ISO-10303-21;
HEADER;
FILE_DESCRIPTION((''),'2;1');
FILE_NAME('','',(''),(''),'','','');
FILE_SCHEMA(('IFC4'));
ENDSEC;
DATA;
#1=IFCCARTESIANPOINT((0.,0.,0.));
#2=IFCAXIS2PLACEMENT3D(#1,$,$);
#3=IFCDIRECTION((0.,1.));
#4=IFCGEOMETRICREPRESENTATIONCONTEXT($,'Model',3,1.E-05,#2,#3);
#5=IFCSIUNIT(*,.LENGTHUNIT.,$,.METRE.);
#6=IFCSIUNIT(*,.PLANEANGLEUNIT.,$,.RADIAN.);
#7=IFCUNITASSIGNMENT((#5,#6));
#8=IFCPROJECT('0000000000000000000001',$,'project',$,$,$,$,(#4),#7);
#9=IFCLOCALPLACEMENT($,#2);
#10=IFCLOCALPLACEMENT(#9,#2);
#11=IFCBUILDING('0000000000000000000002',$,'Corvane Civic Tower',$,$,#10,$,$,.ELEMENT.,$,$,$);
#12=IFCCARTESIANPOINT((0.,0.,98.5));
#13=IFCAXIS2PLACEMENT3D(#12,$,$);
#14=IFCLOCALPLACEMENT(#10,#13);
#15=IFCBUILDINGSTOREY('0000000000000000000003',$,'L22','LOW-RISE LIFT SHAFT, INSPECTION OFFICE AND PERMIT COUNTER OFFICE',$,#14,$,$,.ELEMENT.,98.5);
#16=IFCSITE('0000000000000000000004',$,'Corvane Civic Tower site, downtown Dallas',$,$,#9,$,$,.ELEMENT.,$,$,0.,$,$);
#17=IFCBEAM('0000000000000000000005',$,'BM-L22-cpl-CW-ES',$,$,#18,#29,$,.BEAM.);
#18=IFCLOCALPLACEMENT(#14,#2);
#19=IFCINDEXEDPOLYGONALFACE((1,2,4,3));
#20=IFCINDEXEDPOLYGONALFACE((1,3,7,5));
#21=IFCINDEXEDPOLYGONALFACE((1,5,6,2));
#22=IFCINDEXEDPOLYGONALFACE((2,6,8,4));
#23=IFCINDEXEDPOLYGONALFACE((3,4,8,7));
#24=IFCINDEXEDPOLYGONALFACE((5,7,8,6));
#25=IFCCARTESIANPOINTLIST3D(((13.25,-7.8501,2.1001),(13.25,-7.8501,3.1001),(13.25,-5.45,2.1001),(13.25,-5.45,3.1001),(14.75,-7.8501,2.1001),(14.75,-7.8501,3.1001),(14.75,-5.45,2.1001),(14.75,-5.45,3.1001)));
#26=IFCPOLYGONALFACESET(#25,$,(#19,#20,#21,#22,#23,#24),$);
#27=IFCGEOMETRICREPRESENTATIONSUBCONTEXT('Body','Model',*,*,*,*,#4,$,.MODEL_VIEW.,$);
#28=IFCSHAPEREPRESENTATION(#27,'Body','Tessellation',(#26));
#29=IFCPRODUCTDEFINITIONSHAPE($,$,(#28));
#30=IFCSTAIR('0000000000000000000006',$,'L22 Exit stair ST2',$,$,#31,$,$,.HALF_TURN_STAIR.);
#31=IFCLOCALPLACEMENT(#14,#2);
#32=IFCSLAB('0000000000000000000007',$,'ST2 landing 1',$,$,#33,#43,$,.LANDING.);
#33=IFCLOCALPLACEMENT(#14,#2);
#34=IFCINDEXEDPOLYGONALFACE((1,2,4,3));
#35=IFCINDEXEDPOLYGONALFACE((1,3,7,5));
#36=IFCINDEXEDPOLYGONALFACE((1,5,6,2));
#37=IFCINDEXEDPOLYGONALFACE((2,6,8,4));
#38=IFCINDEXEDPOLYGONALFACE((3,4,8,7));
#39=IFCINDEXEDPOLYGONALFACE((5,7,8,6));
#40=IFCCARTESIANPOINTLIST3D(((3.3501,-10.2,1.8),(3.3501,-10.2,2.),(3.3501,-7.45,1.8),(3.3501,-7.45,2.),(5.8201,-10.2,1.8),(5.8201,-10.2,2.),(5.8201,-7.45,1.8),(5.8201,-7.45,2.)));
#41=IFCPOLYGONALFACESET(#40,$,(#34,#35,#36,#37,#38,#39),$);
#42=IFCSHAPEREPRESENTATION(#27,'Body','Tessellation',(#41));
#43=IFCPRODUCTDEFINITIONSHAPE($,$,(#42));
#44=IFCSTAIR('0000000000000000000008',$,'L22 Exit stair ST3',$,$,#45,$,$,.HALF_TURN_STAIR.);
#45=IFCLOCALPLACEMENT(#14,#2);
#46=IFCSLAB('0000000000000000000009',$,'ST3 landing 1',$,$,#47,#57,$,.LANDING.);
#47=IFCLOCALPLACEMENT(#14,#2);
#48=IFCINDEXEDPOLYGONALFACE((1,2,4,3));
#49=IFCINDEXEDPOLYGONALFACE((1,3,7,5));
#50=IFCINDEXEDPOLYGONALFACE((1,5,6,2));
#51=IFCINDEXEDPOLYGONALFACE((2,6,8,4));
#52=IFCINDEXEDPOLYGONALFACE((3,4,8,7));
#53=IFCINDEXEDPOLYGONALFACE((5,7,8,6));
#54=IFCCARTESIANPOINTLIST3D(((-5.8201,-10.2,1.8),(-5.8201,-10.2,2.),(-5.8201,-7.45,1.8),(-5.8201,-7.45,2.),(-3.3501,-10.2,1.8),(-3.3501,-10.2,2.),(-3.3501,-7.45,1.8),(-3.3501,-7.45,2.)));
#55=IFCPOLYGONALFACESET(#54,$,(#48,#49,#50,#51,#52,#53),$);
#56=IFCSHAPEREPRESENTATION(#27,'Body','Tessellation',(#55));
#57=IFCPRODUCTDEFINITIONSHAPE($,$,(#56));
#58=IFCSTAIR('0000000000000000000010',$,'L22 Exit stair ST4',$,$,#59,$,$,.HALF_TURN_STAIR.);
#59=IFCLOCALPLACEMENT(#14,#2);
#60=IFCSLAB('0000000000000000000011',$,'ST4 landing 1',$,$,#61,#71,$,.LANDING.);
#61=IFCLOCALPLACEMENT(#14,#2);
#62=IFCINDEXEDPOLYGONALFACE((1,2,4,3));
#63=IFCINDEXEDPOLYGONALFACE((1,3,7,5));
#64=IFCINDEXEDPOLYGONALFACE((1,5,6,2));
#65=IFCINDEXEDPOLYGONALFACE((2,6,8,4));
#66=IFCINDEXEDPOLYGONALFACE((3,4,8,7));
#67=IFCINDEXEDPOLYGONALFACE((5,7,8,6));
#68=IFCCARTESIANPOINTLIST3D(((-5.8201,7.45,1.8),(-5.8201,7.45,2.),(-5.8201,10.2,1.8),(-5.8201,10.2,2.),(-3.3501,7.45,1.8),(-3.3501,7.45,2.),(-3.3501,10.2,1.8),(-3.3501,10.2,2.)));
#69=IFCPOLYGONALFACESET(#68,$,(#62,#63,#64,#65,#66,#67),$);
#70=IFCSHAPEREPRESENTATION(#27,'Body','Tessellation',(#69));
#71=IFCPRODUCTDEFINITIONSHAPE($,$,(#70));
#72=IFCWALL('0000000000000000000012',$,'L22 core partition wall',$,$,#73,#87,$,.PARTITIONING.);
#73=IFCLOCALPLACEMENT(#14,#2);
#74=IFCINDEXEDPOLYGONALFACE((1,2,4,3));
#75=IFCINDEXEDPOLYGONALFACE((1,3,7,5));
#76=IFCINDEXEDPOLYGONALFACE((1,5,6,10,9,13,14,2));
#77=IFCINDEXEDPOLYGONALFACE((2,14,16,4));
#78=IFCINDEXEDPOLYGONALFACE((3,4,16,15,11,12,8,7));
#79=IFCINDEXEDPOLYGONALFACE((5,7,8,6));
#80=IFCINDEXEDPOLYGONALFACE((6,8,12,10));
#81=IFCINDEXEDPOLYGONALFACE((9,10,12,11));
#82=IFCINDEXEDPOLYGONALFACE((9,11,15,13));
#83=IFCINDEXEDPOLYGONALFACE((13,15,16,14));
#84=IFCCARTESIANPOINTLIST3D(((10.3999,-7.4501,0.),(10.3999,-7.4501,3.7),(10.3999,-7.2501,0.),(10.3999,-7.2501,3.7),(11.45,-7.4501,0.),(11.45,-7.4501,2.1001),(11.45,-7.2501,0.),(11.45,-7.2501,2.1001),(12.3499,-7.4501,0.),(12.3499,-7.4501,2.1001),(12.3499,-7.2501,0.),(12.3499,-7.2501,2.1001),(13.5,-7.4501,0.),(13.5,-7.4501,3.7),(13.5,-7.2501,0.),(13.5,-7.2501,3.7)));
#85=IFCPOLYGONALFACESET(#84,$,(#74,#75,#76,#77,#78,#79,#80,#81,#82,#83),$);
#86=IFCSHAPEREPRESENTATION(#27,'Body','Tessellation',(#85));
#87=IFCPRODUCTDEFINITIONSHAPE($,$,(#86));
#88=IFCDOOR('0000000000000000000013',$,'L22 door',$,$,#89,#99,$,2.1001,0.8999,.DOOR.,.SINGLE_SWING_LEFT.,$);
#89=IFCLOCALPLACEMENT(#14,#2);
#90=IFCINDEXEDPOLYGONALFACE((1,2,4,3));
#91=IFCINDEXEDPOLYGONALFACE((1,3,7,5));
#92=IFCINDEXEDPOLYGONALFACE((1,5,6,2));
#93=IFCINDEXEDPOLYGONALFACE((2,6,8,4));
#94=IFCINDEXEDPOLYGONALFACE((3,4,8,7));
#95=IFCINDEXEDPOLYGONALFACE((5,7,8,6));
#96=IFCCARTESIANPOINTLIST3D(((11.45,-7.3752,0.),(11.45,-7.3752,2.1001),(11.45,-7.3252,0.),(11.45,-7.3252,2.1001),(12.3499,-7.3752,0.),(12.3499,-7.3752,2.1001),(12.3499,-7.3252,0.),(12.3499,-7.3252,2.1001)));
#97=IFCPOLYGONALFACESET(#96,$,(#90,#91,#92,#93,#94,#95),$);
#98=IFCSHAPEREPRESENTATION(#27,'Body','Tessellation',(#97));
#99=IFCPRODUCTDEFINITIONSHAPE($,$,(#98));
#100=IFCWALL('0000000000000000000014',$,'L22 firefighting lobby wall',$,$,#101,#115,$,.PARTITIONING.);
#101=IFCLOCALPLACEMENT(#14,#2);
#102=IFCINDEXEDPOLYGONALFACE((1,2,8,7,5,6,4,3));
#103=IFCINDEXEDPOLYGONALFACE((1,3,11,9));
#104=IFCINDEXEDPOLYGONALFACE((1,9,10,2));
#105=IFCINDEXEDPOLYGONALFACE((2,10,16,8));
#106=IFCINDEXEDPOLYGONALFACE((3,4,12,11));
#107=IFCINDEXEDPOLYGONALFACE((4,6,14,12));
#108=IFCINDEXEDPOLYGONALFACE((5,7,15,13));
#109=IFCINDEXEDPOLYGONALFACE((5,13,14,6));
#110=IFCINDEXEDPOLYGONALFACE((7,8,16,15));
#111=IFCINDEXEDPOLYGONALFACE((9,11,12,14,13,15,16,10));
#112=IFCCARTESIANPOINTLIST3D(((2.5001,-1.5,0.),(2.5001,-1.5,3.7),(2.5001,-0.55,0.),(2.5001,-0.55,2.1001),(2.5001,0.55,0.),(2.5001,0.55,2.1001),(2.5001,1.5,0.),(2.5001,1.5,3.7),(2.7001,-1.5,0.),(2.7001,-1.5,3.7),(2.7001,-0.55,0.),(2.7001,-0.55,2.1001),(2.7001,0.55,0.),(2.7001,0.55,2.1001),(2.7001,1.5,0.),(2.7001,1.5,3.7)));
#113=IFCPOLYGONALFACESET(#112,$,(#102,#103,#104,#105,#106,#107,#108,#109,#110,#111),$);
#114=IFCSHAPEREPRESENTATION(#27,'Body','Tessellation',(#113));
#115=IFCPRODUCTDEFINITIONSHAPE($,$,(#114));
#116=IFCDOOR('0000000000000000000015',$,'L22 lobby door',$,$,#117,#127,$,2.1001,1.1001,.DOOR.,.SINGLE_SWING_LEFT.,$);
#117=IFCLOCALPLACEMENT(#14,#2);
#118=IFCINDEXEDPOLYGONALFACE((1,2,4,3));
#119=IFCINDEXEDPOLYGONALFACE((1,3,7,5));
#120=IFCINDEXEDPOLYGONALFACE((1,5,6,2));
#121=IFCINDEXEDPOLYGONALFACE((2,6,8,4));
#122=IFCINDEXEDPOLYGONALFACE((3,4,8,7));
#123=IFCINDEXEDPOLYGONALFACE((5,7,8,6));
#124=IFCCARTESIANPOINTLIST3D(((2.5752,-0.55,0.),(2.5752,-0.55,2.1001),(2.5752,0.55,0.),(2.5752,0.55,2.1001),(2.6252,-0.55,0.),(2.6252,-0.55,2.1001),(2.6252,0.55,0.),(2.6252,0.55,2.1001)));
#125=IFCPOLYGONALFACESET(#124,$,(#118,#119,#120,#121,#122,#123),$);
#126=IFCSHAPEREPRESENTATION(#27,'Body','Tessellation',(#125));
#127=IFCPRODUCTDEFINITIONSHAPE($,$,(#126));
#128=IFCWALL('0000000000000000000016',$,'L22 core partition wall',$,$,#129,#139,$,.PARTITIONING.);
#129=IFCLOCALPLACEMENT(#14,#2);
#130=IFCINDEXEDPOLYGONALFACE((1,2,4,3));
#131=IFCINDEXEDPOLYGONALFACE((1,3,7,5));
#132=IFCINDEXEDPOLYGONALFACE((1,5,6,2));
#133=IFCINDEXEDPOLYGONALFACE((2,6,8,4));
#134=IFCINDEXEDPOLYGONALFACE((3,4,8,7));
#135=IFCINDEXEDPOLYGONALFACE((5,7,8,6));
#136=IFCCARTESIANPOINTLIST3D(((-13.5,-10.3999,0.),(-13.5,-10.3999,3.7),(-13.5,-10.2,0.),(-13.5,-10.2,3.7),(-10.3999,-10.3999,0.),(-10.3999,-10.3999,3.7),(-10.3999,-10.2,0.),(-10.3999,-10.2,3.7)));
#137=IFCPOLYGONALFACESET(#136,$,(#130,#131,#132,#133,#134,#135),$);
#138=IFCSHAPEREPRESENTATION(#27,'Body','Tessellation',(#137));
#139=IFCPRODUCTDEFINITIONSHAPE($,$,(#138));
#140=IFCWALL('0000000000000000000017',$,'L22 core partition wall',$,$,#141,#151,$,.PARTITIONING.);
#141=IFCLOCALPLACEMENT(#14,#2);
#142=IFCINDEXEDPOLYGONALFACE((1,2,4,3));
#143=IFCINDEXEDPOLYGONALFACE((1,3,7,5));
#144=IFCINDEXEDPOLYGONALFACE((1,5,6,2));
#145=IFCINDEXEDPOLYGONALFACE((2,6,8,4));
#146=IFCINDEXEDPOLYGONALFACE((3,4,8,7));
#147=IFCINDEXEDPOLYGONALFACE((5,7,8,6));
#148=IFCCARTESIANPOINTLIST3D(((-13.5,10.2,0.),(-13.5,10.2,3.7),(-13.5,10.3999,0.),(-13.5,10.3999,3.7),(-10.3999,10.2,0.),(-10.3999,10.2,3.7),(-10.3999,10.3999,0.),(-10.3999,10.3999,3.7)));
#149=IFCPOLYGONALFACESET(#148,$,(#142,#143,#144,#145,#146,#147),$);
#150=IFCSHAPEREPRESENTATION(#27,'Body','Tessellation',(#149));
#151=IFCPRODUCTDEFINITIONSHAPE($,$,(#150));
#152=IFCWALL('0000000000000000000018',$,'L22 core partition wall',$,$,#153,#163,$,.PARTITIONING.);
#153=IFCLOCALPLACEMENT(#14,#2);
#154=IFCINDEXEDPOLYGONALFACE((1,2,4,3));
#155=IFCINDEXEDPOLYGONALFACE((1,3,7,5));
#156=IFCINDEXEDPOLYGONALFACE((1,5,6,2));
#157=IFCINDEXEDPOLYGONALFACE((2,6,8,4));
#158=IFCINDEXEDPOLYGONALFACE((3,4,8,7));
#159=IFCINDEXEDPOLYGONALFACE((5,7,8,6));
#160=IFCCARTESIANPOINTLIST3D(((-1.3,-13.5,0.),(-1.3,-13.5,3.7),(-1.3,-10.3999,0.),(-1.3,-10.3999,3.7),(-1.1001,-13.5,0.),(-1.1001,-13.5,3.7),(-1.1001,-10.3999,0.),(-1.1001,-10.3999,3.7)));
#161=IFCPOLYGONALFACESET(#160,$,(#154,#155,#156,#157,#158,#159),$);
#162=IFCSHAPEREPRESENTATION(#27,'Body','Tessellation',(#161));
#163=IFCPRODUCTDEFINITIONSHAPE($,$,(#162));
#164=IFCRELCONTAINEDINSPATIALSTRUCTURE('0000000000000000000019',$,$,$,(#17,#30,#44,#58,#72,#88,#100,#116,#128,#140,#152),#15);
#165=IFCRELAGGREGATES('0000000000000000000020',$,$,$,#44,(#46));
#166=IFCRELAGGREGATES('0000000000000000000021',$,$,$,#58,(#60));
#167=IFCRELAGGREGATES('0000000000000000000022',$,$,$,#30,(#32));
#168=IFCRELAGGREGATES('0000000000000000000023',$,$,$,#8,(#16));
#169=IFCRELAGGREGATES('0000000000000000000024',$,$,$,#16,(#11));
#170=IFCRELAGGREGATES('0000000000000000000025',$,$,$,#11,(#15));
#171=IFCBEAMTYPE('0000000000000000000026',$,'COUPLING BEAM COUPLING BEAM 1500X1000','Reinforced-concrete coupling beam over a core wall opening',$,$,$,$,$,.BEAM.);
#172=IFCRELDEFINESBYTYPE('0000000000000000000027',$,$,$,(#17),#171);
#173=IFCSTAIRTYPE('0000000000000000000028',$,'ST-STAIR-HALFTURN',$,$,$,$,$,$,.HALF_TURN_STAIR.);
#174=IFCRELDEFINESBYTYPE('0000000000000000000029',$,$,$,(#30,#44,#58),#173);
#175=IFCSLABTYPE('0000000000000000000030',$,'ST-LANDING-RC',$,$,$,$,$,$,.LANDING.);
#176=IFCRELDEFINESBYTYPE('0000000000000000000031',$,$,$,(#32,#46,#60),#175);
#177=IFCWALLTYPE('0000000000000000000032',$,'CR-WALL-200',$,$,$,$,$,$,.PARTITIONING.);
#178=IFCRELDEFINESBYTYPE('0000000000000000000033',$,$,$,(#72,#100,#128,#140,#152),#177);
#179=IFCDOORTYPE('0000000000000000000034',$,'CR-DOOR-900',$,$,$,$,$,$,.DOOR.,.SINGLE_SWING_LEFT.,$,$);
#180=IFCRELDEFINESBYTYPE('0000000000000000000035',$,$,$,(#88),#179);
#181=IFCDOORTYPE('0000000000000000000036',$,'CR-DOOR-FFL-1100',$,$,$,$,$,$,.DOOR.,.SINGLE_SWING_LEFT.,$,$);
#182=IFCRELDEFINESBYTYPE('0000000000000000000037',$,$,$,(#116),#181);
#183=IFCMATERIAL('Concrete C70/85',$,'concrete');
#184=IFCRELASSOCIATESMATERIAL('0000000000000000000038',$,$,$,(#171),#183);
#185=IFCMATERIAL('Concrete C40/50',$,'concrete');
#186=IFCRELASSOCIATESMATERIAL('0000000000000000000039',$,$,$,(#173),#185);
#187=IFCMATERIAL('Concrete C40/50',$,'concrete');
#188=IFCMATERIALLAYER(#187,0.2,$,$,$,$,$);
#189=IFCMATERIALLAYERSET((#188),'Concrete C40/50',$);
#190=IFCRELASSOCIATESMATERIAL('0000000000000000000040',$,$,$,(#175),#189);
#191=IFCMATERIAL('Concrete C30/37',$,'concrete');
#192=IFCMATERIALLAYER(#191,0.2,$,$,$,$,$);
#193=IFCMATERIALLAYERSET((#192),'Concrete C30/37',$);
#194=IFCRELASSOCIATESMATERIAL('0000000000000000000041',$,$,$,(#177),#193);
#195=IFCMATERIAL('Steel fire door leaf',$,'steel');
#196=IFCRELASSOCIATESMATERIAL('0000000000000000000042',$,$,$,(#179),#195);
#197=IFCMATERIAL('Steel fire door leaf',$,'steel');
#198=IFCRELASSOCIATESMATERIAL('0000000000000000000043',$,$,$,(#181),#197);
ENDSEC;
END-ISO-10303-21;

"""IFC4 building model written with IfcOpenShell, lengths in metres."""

from ifc_helpers import new_model, si_unit, direction, frame, frame_2d, origin, origin_2d, place, context, subcontext, project, spatial, polyline, rectangle, outline, extrude, material, layer, layer_set, material_profile, profile_set, type_object, element, fill, aggregate, save


model = new_model("IFC4")

# Units and contexts
model_context = context("Model", 3, precision=1e-05, world=origin(), true_north=direction((0.0, 1.0)))
body_context = subcontext(model_context, "Body", "Model", "MODEL_VIEW")
ifc_project = project(units=[si_unit("LENGTHUNIT", "METRE"), si_unit("PLANEANGLEUNIT", "RADIAN")], contexts=[model_context])

# Site, building, storey
site_placement = place(None, origin())
site = spatial("IfcSite", under=ifc_project, at=site_placement, Name="Corvane Civic Tower site, downtown Dallas", CompositionType="ELEMENT", RefElevation=0.0)
building_placement = place(site_placement, origin())
building = spatial("IfcBuilding", under=site, at=building_placement, Name="Corvane Civic Tower", CompositionType="ELEMENT")
storey_placement = place(building_placement, frame((0.0, 0.0, 98.5)))
storey = spatial("IfcBuildingStorey", under=building, at=storey_placement, Name="L22", Description="LOW-RISE LIFT SHAFT, INSPECTION OFFICE AND PERMIT COUNTER OFFICE", CompositionType="ELEMENT", Elevation=98.5)

# Beam
ifc_material_1 = material(Name="Concrete C70/85", Category="concrete")
ifc_material_profile = material_profile(ifc_material_1, rectangle(XDim=1.5, YDim=1.0, at=origin_2d()), Name="COUPLING BEAM 1500X1000")
ifc_profile_set = profile_set([ifc_material_profile], Name="Concrete C70/85")
beam_type = type_object("IfcBeamType", Name="COUPLING BEAM COUPLING BEAM 1500X1000", Description="Reinforced-concrete coupling beam over a core wall opening", PredefinedType="BEAM", material=ifc_profile_set)
beam_placement = place(storey_placement, frame((14.0, -7.8501, 2.6001), z_axis=(0.0, 1.0, 0.0), x_axis=(-1.0, 0.0, 0.0)))
element("IfcBeam", 1, at=beam_placement, inside=storey, type_object=beam_type, Name="BM-L22-cpl-CW-ES", PredefinedType="BEAM", context=body_context, shape_type="SweptSolid", body=[
    extrude(rectangle(XDim=1.5, YDim=1.0, at=origin_2d()), origin(), (0.0, 0.0, 1.0), 2.4001),
])

# Stairs, slabs
ifc_material_2 = material(Name="Concrete C40/50", Category="concrete")
stair_type = type_object("IfcStairType", Name="ST-STAIR-HALFTURN", PredefinedType="HALF_TURN_STAIR", material=ifc_material_2)
stair_1_placement = place(storey_placement, origin())
stair_1 = element("IfcStair", 2, at=stair_1_placement, inside=storey, type_object=stair_type, Name="L22 Exit stair ST2", PredefinedType="HALF_TURN_STAIR")
ifc_material_3 = material(Name="Concrete C40/50", Category="concrete")
ifc_layer_1 = layer(ifc_material_3, 0.2)
ifc_layer_set_1 = layer_set([ifc_layer_1], Name="Concrete C40/50")
slab_type = type_object("IfcSlabType", Name="ST-LANDING-RC", PredefinedType="LANDING", material=ifc_layer_set_1)
slab_1_placement = place(storey_placement, frame((0.0, 0.0, 1.8)))
slab_1 = element("IfcSlab", 3, at=slab_1_placement, type_object=slab_type, Name="ST2 landing 1", PredefinedType="LANDING", context=body_context, shape_type="SweptSolid", body=[
    extrude(outline(polyline([(5.8201, -7.45), (3.3501, -7.45), (3.3501, -10.2), (5.8201, -10.2), (5.8201, -7.45)])), origin(), (0.0, 0.0, 1.0), 0.2),
])
stair_2_placement = place(storey_placement, origin())
stair_2 = element("IfcStair", 4, at=stair_2_placement, inside=storey, type_object=stair_type, Name="L22 Exit stair ST3", PredefinedType="HALF_TURN_STAIR")
slab_2_placement = place(storey_placement, frame((0.0, 0.0, 1.8)))
slab_2 = element("IfcSlab", 5, at=slab_2_placement, type_object=slab_type, Name="ST3 landing 1", PredefinedType="LANDING", context=body_context, shape_type="SweptSolid", body=[
    extrude(outline(polyline([(-5.8201, -10.2), (-3.3501, -10.2), (-3.3501, -7.45), (-5.8201, -7.45), (-5.8201, -10.2)])), origin(), (0.0, 0.0, 1.0), 0.2),
])
aggregate(stair_2, [slab_2])
stair_3_placement = place(storey_placement, origin())
stair_3 = element("IfcStair", 6, at=stair_3_placement, inside=storey, type_object=stair_type, Name="L22 Exit stair ST4", PredefinedType="HALF_TURN_STAIR")
slab_3_placement = place(storey_placement, frame((0.0, 0.0, 1.8)))
slab_3 = element("IfcSlab", 7, at=slab_3_placement, type_object=slab_type, Name="ST4 landing 1", PredefinedType="LANDING", context=body_context, shape_type="SweptSolid", body=[
    extrude(outline(polyline([(-5.8201, 7.45), (-3.3501, 7.45), (-3.3501, 10.2), (-5.8201, 10.2), (-5.8201, 7.45)])), origin(), (0.0, 0.0, 1.0), 0.2),
])
aggregate(stair_3, [slab_3])

# Walls, openings, doors
ifc_material_4 = material(Name="Concrete C30/37", Category="concrete")
ifc_layer_2 = layer(ifc_material_4, 0.2)
ifc_layer_set_2 = layer_set([ifc_layer_2], Name="Concrete C30/37")
wall_type_1 = type_object("IfcWallType", Name="CR-WALL-200", PredefinedType="PARTITIONING", material=ifc_layer_set_2)
wall_1_placement = place(storey_placement, frame((10.3999, -7.3501, 0.0), z_axis=(0.0, 0.0, 1.0), x_axis=(1.0, 0.0, 0.0)))
wall_1 = element("IfcWall", 8, at=wall_1_placement, inside=storey, type_object=wall_type_1, Name="L22 core partition wall", PredefinedType="PARTITIONING", context=body_context, shape_type="SweptSolid", body=[
    extrude(rectangle(XDim=3.1001, YDim=0.2, at=frame_2d((1.55, 0.0))), origin(), (0.0, 0.0, 1.0), 3.7),
])
opening_1_placement = place(wall_1_placement, frame((1.05, 0.0, 0.0)))
opening_1 = element("IfcOpeningElement", 9, at=opening_1_placement, cuts=wall_1, PredefinedType="OPENING", context=body_context, shape_type="SweptSolid", body=[
    extrude(rectangle(XDim=0.8999, YDim=2.1001, at=frame_2d((0.45, 1.05))), frame((0.0, 0.1099, 0.0), z_axis=(0.0, -1.0, 0.0), x_axis=(1.0, 0.0, 0.0)), (0.0, 0.0, 1.0), 0.22),
])
ifc_material_5 = material(Name="Steel fire door leaf", Category="steel")
door_type_1 = type_object("IfcDoorType", Name="CR-DOOR-900", OperationType="SINGLE_SWING_LEFT", PredefinedType="DOOR", material=ifc_material_5)
door_1_placement = place(opening_1_placement, origin())
door_1 = element("IfcDoor", 10, at=door_1_placement, inside=storey, type_object=door_type_1, Name="L22 door", OperationType="SINGLE_SWING_LEFT", OverallHeight=2.1001, OverallWidth=0.8999, PredefinedType="DOOR", context=body_context, shape_type="SweptSolid", body=[
    extrude(rectangle(XDim=0.8999, YDim=2.1001, at=frame_2d((0.45, 1.05))), frame((0.0, 0.0249, 0.0), z_axis=(0.0, -1.0, 0.0), x_axis=(1.0, 0.0, 0.0)), (0.0, 0.0, 1.0), 0.05),
])
fill(opening_1, door_1)
wall_2_placement = place(storey_placement, frame((2.6001, -1.5, 0.0), z_axis=(0.0, 0.0, 1.0), x_axis=(0.0, 1.0, 0.0)))
wall_2 = element("IfcWall", 11, at=wall_2_placement, inside=storey, type_object=wall_type_1, Name="L22 firefighting lobby wall", PredefinedType="PARTITIONING", context=body_context, shape_type="SweptSolid", body=[
    extrude(rectangle(XDim=3.0, YDim=0.2, at=frame_2d((1.5, 0.0))), origin(), (0.0, 0.0, 1.0), 3.7),
])
opening_2_placement = place(wall_2_placement, frame((0.95, 0.0, 0.0)))
opening_2 = element("IfcOpeningElement", 12, at=opening_2_placement, cuts=wall_2, PredefinedType="OPENING", context=body_context, shape_type="SweptSolid", body=[
    extrude(rectangle(XDim=1.1001, YDim=2.1001, at=frame_2d((0.55, 1.05))), frame((0.0, 0.1099, 0.0), z_axis=(0.0, -1.0, 0.0), x_axis=(1.0, 0.0, 0.0)), (0.0, 0.0, 1.0), 0.22),
])
ifc_material_6 = material(Name="Steel fire door leaf", Category="steel")
door_type_2 = type_object("IfcDoorType", Name="CR-DOOR-FFL-1100", OperationType="SINGLE_SWING_LEFT", PredefinedType="DOOR", material=ifc_material_6)
door_2_placement = place(opening_2_placement, origin())
door_2 = element("IfcDoor", 13, at=door_2_placement, inside=storey, type_object=door_type_2, Name="L22 lobby door", OperationType="SINGLE_SWING_LEFT", OverallHeight=2.1001, OverallWidth=1.1001, PredefinedType="DOOR", context=body_context, shape_type="SweptSolid", body=[
    extrude(rectangle(XDim=1.1001, YDim=2.1001, at=frame_2d((0.55, 1.05))), frame((0.0, 0.0249, 0.0), z_axis=(0.0, -1.0, 0.0), x_axis=(1.0, 0.0, 0.0)), (0.0, 0.0, 1.0), 0.05),
])
fill(opening_2, door_2)

# Walls
wall_3_placement = place(storey_placement, origin())
element("IfcWall", 14, at=wall_3_placement, inside=storey, type_object=wall_type_1, Name="L22 core partition wall", PredefinedType="PARTITIONING", context=body_context, shape_type="SweptSolid", body=[
    extrude(outline(polyline([(-10.3999, -10.3999), (-13.5, -10.3999), (-13.5, -10.2), (-10.3999, -10.2), (-10.3999, -10.3999)])), origin(), (0.0, 0.0, 1.0), 3.7),
])
wall_4_placement = place(storey_placement, origin())
element("IfcWall", 15, at=wall_4_placement, inside=storey, type_object=wall_type_1, Name="L22 core partition wall", PredefinedType="PARTITIONING", context=body_context, shape_type="SweptSolid", body=[
    extrude(outline(polyline([(-13.5, 10.2), (-13.5, 10.3999), (-10.3999, 10.3999), (-10.3999, 10.2), (-13.5, 10.2)])), origin(), (0.0, 0.0, 1.0), 3.7),
])
wall_5_placement = place(storey_placement, origin())
element("IfcWall", 16, at=wall_5_placement, inside=storey, type_object=wall_type_1, Name="L22 core partition wall", PredefinedType="PARTITIONING", context=body_context, shape_type="SweptSolid", body=[
    extrude(outline(polyline([(-1.1001, -10.3999), (-1.1001, -13.5), (-1.3, -13.5), (-1.3, -10.3999), (-1.1001, -10.3999)])), origin(), (0.0, 0.0, 1.0), 3.7),
])

aggregate(stair_1, [slab_1])

save(model, "model.ifc")
